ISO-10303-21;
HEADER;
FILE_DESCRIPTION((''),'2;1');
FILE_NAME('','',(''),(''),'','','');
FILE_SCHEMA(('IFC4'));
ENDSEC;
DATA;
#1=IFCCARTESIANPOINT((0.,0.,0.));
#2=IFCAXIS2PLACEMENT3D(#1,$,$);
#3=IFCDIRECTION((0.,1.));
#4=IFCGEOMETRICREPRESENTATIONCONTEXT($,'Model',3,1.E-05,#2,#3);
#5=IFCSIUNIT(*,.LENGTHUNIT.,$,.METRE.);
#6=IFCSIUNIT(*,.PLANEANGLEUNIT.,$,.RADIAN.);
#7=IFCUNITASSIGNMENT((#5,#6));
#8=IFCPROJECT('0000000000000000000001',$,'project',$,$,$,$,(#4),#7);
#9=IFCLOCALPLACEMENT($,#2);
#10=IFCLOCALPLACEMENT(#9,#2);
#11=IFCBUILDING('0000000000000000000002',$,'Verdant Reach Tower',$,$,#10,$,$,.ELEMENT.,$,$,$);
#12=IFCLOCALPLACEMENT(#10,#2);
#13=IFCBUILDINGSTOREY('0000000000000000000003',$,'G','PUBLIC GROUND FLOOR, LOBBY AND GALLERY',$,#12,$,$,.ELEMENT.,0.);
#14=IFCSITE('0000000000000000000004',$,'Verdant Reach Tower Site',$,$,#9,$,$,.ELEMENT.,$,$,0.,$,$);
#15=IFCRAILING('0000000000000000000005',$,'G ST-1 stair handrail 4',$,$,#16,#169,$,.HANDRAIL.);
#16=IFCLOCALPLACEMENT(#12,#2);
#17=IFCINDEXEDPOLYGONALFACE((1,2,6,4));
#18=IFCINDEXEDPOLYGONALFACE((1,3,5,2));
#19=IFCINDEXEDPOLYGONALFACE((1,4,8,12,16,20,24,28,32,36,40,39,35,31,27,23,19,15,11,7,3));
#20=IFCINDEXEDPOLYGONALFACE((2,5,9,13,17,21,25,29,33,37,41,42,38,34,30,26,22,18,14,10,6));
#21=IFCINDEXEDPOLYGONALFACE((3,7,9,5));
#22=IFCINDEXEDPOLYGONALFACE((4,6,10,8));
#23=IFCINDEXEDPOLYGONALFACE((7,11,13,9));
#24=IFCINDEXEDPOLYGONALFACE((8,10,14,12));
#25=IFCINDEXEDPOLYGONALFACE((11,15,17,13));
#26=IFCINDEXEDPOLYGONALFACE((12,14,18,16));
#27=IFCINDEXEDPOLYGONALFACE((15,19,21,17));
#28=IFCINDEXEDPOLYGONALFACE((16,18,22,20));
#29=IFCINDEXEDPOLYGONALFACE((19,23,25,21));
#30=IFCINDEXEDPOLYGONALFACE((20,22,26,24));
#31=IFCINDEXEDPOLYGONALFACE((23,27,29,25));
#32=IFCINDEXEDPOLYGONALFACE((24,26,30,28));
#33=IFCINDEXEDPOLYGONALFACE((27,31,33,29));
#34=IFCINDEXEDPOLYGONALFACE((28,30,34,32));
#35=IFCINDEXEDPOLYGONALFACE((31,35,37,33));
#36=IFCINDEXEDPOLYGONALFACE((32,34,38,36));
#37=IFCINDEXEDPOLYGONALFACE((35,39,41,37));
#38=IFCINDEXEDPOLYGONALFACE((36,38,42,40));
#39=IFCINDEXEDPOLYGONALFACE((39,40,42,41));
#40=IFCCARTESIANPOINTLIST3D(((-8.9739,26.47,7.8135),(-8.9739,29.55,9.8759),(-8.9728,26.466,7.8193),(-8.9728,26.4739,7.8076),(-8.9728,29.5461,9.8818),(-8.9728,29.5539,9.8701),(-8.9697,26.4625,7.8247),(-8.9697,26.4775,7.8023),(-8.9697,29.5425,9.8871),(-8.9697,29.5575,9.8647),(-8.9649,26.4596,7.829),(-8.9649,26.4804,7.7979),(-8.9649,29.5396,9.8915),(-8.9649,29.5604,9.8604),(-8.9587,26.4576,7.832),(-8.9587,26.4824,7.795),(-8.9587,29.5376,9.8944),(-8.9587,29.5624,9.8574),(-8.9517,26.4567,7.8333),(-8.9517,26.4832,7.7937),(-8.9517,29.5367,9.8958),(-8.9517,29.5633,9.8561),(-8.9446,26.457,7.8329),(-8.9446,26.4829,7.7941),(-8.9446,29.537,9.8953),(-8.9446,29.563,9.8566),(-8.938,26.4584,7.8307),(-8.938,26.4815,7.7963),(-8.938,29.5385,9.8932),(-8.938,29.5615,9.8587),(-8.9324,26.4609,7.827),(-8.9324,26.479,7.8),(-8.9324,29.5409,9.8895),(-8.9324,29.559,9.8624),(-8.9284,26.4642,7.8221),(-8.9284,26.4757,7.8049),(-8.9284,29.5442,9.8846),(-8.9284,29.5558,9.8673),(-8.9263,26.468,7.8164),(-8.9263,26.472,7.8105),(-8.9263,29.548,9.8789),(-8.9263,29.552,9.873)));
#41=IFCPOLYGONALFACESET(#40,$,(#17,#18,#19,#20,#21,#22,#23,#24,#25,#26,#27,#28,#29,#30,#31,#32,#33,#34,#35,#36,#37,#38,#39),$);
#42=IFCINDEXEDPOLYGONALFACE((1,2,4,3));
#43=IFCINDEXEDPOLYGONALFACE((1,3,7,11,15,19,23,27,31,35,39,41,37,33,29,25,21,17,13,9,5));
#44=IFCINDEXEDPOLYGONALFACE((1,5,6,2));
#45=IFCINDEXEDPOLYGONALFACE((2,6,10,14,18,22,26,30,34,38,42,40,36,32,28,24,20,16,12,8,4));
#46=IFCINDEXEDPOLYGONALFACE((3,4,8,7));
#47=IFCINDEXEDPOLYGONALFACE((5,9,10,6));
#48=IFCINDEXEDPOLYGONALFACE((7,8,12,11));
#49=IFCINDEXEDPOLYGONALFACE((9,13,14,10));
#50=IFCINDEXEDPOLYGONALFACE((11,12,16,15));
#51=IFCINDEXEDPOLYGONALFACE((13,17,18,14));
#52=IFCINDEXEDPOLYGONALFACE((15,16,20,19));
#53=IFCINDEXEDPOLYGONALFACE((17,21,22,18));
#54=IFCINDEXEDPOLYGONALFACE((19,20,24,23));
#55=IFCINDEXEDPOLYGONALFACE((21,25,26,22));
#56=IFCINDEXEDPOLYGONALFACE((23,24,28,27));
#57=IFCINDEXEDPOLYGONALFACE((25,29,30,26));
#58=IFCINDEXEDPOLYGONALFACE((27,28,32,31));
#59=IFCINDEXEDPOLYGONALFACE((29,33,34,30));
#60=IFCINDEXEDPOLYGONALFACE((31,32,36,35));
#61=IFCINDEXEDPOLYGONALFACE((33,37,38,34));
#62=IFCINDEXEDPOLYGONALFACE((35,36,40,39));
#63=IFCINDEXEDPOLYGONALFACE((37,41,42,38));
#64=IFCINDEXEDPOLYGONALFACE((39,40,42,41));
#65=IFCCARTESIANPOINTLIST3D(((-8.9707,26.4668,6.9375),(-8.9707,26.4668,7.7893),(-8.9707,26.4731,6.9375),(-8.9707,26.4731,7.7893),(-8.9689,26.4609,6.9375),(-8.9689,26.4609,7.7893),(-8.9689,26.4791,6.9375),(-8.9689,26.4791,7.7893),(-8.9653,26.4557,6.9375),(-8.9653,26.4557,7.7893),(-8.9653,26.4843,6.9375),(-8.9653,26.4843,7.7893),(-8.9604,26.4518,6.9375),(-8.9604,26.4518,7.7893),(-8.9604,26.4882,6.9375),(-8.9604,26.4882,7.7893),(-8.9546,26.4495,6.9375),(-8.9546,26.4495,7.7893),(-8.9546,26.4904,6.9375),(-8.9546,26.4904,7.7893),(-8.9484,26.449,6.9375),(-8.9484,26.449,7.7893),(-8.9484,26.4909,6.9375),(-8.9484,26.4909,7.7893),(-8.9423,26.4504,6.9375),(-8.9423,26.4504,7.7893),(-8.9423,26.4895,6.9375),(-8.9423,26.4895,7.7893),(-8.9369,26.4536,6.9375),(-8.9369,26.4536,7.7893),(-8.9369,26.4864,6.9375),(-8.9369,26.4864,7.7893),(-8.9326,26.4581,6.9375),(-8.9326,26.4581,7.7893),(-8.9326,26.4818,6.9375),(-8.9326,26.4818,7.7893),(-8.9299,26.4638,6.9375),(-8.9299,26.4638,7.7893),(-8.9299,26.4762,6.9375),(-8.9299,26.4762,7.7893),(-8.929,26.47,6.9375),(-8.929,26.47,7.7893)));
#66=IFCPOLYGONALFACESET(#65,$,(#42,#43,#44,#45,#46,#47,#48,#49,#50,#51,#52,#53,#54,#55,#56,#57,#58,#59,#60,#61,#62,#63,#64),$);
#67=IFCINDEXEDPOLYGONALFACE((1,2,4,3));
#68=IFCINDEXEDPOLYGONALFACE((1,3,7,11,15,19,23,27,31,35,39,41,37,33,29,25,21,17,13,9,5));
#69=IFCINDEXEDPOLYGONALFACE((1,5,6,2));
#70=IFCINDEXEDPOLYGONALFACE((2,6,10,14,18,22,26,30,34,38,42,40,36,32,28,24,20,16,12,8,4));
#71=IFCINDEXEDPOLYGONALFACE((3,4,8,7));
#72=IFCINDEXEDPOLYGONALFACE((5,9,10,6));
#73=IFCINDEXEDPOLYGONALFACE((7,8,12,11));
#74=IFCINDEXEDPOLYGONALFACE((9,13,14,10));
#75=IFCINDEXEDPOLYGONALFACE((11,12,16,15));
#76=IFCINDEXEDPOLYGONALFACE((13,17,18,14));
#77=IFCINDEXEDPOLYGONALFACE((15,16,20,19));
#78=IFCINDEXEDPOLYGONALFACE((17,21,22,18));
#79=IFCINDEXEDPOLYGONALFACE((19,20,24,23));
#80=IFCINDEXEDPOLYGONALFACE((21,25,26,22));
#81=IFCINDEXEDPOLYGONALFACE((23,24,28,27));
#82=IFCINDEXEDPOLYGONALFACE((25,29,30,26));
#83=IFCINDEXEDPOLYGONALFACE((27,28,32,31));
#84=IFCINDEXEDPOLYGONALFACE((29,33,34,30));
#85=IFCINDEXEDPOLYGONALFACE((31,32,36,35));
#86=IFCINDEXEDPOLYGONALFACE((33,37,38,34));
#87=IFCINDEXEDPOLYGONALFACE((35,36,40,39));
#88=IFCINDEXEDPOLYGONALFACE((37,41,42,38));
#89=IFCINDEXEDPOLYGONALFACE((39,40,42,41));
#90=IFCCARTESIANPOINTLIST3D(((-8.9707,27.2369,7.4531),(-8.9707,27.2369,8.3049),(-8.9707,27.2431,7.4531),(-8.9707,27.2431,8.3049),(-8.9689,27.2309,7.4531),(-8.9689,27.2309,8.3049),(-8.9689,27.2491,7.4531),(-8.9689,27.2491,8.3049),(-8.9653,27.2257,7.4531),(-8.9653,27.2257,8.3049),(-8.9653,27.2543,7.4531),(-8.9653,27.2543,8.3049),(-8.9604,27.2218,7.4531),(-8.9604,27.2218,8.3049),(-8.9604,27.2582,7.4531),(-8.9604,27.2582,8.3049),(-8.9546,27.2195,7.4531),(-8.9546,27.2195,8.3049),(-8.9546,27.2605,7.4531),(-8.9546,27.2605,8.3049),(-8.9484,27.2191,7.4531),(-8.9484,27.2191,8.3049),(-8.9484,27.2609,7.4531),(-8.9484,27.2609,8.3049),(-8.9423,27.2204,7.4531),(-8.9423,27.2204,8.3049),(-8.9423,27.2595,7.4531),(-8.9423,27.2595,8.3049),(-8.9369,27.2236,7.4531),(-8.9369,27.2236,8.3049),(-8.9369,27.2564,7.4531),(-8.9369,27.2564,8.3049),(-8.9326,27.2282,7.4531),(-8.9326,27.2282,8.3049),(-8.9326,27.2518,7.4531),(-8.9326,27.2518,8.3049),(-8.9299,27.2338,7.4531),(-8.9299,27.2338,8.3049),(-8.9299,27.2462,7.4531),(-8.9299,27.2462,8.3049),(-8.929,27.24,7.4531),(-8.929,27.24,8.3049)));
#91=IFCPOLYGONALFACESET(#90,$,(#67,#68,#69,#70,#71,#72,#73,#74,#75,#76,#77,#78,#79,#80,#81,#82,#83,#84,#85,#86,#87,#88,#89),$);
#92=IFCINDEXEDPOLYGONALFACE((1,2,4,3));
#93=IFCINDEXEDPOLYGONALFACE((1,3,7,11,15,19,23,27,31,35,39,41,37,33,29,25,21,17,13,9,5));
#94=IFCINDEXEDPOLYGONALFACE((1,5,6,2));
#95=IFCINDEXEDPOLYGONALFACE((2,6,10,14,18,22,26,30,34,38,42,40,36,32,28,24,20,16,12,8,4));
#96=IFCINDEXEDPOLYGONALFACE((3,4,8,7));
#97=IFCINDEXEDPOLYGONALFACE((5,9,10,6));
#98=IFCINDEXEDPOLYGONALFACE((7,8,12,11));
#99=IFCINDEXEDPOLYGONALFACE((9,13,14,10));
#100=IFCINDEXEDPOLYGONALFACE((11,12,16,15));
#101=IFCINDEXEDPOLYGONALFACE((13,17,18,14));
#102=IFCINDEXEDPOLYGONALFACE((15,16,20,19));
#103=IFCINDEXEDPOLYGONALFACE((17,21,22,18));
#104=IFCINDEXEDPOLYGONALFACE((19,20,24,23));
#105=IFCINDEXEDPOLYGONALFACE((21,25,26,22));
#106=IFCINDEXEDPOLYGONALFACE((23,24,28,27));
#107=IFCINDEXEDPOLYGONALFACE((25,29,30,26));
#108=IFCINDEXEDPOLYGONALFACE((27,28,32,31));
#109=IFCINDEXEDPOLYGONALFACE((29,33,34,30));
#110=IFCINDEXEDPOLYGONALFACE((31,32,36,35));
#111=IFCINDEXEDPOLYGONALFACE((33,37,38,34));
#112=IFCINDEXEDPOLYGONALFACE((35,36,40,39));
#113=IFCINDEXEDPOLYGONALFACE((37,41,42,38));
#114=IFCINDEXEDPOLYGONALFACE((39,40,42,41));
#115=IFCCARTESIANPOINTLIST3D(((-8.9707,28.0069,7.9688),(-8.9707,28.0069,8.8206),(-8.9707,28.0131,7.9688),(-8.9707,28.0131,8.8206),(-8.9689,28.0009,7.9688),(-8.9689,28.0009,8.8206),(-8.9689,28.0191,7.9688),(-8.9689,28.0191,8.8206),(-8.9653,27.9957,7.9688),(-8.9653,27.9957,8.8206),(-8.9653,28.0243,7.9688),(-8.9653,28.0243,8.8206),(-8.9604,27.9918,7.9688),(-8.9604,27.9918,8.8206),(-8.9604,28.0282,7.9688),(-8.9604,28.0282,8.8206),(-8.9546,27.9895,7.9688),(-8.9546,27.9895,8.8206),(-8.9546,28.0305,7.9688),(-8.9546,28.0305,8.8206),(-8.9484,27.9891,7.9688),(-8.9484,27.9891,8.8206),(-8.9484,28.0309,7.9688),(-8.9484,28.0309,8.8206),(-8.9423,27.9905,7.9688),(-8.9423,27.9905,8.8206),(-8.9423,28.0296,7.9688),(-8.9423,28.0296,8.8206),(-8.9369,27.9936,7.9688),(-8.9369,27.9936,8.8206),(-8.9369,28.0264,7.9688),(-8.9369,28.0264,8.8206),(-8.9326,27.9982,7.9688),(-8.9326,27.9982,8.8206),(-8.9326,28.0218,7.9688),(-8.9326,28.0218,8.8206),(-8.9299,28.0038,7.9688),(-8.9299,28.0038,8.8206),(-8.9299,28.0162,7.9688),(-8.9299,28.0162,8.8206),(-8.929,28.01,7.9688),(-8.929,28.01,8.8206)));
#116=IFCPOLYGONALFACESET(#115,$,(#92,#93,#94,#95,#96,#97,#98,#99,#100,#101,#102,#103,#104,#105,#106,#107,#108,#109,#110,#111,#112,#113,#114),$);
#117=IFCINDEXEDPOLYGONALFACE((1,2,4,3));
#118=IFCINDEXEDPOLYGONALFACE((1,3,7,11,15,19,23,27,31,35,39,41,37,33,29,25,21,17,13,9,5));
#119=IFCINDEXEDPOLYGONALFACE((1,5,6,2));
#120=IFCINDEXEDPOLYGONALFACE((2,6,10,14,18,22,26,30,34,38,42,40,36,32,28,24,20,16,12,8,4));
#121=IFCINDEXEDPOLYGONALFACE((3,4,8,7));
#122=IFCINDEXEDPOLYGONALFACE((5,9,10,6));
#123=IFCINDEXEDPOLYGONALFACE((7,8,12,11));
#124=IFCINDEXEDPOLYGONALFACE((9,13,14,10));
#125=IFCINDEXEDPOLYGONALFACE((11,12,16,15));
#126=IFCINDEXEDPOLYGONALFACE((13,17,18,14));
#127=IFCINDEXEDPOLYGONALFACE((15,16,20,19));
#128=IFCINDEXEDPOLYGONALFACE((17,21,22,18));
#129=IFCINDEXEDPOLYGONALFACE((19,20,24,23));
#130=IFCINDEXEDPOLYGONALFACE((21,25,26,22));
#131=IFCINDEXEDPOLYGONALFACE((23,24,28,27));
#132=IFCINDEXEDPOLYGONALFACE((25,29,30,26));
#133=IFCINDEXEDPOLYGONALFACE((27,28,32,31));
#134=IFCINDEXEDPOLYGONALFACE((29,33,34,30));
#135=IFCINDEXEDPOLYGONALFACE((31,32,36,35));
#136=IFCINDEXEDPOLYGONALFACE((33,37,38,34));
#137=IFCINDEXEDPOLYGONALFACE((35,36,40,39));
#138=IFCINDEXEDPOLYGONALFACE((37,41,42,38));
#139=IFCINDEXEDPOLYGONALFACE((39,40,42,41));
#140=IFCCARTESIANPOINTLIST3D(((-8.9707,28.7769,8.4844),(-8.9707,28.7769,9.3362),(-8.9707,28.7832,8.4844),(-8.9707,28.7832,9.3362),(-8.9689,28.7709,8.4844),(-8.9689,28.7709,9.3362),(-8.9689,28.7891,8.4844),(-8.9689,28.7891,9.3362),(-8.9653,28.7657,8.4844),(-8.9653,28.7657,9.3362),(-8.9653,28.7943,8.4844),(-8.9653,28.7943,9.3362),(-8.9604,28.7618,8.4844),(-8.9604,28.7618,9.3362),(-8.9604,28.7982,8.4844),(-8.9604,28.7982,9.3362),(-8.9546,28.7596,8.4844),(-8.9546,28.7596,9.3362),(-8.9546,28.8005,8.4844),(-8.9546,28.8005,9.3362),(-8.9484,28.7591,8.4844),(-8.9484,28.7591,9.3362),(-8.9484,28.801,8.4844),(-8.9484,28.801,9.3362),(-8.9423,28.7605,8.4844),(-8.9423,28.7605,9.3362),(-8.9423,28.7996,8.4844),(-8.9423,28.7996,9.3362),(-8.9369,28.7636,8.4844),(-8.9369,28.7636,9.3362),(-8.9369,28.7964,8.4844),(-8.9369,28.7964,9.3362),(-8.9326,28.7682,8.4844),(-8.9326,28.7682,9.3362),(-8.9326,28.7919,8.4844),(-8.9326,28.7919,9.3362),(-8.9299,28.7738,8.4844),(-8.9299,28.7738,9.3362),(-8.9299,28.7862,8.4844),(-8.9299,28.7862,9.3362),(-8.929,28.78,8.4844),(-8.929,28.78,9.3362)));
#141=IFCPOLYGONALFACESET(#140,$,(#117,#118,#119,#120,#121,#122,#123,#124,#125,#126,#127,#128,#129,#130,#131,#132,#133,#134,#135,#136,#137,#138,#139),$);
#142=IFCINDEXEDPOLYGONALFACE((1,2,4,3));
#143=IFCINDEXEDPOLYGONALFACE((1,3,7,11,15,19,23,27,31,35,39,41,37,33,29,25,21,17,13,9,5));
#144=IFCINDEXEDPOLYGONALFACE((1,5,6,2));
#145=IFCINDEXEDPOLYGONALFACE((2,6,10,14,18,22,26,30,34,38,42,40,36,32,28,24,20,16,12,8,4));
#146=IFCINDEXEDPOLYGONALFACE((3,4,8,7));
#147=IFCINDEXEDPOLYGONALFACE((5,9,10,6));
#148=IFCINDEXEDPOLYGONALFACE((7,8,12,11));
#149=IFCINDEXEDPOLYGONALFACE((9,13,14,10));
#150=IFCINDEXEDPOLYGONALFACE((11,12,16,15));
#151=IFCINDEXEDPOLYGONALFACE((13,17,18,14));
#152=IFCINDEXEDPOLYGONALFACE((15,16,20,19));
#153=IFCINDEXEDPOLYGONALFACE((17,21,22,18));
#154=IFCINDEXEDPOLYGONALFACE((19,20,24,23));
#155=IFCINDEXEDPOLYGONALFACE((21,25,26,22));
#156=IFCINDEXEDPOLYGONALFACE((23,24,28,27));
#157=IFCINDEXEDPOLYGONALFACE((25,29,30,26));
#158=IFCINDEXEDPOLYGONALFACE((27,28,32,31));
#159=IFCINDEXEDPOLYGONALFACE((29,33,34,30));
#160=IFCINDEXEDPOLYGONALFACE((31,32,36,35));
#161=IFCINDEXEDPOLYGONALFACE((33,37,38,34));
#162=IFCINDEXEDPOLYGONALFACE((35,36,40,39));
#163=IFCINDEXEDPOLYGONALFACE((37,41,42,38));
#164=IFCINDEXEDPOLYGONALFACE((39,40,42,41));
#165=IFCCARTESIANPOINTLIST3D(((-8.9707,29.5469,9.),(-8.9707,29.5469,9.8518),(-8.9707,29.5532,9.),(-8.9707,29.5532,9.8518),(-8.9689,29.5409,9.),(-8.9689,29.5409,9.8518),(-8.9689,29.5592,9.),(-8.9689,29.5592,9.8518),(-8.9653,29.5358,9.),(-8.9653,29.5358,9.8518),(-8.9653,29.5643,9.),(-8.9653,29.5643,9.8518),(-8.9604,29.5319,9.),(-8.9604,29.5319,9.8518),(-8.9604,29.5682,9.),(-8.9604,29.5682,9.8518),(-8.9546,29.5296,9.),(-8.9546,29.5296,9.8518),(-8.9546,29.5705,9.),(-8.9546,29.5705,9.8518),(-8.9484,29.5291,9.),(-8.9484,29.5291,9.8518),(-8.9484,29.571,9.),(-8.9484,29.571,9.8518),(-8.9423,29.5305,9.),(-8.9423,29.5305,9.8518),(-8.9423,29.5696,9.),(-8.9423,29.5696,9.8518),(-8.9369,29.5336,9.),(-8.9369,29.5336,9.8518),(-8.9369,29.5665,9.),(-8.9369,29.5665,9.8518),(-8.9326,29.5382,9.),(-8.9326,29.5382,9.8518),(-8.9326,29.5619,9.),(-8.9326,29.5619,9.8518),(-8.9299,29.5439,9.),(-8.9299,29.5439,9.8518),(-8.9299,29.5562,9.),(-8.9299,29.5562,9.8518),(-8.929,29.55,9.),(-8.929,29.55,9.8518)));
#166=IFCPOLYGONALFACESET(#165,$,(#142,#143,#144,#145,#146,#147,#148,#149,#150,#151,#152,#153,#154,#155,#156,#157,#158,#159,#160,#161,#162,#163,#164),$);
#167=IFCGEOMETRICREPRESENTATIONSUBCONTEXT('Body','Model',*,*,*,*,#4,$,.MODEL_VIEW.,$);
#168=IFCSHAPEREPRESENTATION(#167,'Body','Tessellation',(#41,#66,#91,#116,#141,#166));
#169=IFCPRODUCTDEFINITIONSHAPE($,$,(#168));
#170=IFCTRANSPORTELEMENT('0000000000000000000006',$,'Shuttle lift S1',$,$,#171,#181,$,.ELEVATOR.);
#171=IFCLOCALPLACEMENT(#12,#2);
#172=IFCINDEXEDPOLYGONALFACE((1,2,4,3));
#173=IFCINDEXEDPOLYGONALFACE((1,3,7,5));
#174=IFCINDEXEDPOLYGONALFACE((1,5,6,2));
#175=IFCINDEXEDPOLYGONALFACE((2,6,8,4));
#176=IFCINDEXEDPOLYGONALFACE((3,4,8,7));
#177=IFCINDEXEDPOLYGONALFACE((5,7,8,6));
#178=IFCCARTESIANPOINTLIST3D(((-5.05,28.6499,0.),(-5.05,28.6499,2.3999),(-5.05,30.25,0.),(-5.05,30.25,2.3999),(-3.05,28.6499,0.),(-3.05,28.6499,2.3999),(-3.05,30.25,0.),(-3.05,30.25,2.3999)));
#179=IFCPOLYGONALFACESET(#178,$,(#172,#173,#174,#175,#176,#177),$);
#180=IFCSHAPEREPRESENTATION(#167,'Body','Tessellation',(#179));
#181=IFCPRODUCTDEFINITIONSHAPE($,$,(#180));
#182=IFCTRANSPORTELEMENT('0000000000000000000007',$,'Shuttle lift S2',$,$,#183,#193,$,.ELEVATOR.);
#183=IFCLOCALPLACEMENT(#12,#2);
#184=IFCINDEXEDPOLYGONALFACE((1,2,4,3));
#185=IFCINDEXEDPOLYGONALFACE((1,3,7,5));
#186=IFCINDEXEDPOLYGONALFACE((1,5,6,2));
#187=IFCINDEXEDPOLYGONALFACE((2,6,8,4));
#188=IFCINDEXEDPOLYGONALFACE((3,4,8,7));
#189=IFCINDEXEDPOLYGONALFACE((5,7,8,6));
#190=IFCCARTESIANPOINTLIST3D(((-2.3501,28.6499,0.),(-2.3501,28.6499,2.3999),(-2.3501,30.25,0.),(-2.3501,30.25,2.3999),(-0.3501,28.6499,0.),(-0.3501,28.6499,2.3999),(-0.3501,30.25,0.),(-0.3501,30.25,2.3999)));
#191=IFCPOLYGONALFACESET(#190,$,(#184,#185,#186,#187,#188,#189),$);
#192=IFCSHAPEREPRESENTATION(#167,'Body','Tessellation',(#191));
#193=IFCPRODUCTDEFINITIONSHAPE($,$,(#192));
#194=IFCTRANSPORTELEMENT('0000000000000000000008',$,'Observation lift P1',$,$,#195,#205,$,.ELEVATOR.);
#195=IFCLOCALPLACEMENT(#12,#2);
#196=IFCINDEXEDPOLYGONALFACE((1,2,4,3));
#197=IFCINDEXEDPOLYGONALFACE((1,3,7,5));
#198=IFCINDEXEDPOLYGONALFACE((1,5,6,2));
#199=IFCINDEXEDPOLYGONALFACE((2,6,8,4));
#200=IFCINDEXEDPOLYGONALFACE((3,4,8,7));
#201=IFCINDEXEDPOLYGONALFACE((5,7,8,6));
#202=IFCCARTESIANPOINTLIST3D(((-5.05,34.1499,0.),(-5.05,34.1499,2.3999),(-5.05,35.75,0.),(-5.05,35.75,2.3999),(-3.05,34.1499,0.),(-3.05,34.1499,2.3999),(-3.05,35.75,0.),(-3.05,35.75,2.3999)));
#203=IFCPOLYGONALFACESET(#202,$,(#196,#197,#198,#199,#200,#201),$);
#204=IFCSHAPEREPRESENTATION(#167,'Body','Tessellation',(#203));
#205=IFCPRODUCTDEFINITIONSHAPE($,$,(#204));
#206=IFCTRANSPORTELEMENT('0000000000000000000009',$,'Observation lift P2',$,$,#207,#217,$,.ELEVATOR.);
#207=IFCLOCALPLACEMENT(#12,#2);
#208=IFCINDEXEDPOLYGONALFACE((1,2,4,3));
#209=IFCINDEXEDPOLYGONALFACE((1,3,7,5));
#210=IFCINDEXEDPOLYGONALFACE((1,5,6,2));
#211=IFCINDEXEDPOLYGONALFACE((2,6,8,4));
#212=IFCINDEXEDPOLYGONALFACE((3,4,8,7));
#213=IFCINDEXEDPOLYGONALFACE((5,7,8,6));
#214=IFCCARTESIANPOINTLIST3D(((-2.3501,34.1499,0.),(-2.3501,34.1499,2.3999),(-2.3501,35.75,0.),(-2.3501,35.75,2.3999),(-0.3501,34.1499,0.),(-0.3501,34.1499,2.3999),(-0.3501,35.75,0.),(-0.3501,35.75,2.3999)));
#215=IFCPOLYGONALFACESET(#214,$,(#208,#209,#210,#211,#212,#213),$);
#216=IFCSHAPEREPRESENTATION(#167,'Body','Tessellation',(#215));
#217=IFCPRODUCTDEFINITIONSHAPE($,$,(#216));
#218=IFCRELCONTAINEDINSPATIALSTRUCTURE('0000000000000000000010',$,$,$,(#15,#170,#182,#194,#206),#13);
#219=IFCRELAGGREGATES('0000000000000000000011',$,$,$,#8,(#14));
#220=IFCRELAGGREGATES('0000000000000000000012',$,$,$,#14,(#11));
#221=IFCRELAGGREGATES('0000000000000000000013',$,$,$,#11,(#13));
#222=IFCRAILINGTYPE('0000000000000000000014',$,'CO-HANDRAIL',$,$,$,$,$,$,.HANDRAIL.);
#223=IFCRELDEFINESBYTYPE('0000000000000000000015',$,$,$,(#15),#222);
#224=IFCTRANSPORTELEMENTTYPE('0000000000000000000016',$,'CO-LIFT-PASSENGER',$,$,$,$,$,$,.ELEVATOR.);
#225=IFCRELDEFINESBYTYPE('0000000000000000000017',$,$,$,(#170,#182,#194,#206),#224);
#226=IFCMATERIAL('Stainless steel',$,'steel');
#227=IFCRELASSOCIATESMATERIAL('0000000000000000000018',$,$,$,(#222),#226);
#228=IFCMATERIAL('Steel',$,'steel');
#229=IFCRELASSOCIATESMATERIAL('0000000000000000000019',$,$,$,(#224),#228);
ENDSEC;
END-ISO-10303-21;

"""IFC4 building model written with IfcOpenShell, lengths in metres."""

from ifc_helpers import new_model, si_unit, direction, frame, origin, origin_2d, place, context, subcontext, project, spatial, rectangle, circle, extrude, material, type_object, element, save


model = new_model("IFC4")

# Units and contexts
model_context = context("Model", 3, precision=1e-05, world=origin(), true_north=direction((0.0, 1.0)))
body_context = subcontext(model_context, "Body", "Model", "MODEL_VIEW")
ifc_project = project(units=[si_unit("LENGTHUNIT", "METRE"), si_unit("PLANEANGLEUNIT", "RADIAN")], contexts=[model_context])

# Site, building, storey
site_placement = place(None, origin())
site = spatial("IfcSite", under=ifc_project, at=site_placement, Name="Verdant Reach Tower Site", CompositionType="ELEMENT", RefElevation=0.0)
building_placement = place(site_placement, origin())
building = spatial("IfcBuilding", under=site, at=building_placement, Name="Verdant Reach Tower", CompositionType="ELEMENT")
storey_placement = place(building_placement, origin())
storey = spatial("IfcBuildingStorey", under=building, at=storey_placement, Name="G", Description="PUBLIC GROUND FLOOR, LOBBY AND GALLERY", CompositionType="ELEMENT", Elevation=0.0)

# Shared definitions
ifc_material_1 = material(Name="Stainless steel", Category="steel")

# Railing
railing_type = type_object("IfcRailingType", Name="CO-HANDRAIL", PredefinedType="HANDRAIL", material=ifc_material_1)
railing_placement = place(storey_placement, frame((-8.95, 26.47, 6.9375)))
element("IfcRailing", 1, at=railing_placement, inside=storey, type_object=railing_type, Name="G ST-1 stair handrail 4", PredefinedType="HANDRAIL", context=body_context, shape_type="SweptSolid", body=[
    extrude(circle(Radius=0.0239, at=origin_2d()), frame((0.0, 0.0, 0.876), z_axis=(0.0, 0.830914, 0.556401), x_axis=(-1.0, 0.0, 0.0)), (0.0, 0.0, 1.0), 3.7068),
    extrude(circle(Radius=0.021, at=origin_2d()), origin(), (0.0, 0.0, 1.0), 0.8518),
    extrude(circle(Radius=0.021, at=origin_2d()), frame((0.0, 0.77, 0.5156)), (0.0, 0.0, 1.0), 0.8518),
    extrude(circle(Radius=0.021, at=origin_2d()), frame((0.0, 1.54, 1.0312)), (0.0, 0.0, 1.0), 0.8518),
    extrude(circle(Radius=0.021, at=origin_2d()), frame((0.0, 2.3101, 1.5469)), (0.0, 0.0, 1.0), 0.8518),
    extrude(circle(Radius=0.021, at=origin_2d()), frame((0.0, 3.0801, 2.0625)), (0.0, 0.0, 1.0), 0.8518),
])

# Transport elements
ifc_material_2 = material(Name="Steel", Category="steel")
transport_element_type = type_object("IfcTransportElementType", Name="CO-LIFT-PASSENGER", PredefinedType="ELEVATOR", material=ifc_material_2)
for number, where, z_axis, x_axis, name in (
    (2, (-4.05, 29.45, 0.0), (0.0, 0.0, 1.0), (1.0, 0.0, 0.0), "Shuttle lift S1"),
    (3, (-1.3501, 29.45, 0.0), (0.0, 0.0, 1.0), (1.0, 0.0, 0.0), "Shuttle lift S2"),
    (4, (-4.05, 34.95, 0.0), (0.0, 0.0, 1.0), (1.0, 0.0, 0.0), "Observation lift P1"),
    (5, (-1.3501, 34.95, 0.0), (0.0, 0.0, 1.0), (1.0, 0.0, 0.0), "Observation lift P2"),
):
    element("IfcTransportElement", number, at=place(storey_placement, frame(where, z_axis=z_axis, x_axis=x_axis)), inside=storey, type_object=transport_element_type, Name=name, PredefinedType="ELEVATOR", context=body_context, shape_type="SweptSolid", body=[
        extrude(rectangle(XDim=2.0, YDim=1.6001, at=origin_2d()), origin(), (0.0, 0.0, 1.0), 2.3999),
    ])

save(model, "model.ifc")
